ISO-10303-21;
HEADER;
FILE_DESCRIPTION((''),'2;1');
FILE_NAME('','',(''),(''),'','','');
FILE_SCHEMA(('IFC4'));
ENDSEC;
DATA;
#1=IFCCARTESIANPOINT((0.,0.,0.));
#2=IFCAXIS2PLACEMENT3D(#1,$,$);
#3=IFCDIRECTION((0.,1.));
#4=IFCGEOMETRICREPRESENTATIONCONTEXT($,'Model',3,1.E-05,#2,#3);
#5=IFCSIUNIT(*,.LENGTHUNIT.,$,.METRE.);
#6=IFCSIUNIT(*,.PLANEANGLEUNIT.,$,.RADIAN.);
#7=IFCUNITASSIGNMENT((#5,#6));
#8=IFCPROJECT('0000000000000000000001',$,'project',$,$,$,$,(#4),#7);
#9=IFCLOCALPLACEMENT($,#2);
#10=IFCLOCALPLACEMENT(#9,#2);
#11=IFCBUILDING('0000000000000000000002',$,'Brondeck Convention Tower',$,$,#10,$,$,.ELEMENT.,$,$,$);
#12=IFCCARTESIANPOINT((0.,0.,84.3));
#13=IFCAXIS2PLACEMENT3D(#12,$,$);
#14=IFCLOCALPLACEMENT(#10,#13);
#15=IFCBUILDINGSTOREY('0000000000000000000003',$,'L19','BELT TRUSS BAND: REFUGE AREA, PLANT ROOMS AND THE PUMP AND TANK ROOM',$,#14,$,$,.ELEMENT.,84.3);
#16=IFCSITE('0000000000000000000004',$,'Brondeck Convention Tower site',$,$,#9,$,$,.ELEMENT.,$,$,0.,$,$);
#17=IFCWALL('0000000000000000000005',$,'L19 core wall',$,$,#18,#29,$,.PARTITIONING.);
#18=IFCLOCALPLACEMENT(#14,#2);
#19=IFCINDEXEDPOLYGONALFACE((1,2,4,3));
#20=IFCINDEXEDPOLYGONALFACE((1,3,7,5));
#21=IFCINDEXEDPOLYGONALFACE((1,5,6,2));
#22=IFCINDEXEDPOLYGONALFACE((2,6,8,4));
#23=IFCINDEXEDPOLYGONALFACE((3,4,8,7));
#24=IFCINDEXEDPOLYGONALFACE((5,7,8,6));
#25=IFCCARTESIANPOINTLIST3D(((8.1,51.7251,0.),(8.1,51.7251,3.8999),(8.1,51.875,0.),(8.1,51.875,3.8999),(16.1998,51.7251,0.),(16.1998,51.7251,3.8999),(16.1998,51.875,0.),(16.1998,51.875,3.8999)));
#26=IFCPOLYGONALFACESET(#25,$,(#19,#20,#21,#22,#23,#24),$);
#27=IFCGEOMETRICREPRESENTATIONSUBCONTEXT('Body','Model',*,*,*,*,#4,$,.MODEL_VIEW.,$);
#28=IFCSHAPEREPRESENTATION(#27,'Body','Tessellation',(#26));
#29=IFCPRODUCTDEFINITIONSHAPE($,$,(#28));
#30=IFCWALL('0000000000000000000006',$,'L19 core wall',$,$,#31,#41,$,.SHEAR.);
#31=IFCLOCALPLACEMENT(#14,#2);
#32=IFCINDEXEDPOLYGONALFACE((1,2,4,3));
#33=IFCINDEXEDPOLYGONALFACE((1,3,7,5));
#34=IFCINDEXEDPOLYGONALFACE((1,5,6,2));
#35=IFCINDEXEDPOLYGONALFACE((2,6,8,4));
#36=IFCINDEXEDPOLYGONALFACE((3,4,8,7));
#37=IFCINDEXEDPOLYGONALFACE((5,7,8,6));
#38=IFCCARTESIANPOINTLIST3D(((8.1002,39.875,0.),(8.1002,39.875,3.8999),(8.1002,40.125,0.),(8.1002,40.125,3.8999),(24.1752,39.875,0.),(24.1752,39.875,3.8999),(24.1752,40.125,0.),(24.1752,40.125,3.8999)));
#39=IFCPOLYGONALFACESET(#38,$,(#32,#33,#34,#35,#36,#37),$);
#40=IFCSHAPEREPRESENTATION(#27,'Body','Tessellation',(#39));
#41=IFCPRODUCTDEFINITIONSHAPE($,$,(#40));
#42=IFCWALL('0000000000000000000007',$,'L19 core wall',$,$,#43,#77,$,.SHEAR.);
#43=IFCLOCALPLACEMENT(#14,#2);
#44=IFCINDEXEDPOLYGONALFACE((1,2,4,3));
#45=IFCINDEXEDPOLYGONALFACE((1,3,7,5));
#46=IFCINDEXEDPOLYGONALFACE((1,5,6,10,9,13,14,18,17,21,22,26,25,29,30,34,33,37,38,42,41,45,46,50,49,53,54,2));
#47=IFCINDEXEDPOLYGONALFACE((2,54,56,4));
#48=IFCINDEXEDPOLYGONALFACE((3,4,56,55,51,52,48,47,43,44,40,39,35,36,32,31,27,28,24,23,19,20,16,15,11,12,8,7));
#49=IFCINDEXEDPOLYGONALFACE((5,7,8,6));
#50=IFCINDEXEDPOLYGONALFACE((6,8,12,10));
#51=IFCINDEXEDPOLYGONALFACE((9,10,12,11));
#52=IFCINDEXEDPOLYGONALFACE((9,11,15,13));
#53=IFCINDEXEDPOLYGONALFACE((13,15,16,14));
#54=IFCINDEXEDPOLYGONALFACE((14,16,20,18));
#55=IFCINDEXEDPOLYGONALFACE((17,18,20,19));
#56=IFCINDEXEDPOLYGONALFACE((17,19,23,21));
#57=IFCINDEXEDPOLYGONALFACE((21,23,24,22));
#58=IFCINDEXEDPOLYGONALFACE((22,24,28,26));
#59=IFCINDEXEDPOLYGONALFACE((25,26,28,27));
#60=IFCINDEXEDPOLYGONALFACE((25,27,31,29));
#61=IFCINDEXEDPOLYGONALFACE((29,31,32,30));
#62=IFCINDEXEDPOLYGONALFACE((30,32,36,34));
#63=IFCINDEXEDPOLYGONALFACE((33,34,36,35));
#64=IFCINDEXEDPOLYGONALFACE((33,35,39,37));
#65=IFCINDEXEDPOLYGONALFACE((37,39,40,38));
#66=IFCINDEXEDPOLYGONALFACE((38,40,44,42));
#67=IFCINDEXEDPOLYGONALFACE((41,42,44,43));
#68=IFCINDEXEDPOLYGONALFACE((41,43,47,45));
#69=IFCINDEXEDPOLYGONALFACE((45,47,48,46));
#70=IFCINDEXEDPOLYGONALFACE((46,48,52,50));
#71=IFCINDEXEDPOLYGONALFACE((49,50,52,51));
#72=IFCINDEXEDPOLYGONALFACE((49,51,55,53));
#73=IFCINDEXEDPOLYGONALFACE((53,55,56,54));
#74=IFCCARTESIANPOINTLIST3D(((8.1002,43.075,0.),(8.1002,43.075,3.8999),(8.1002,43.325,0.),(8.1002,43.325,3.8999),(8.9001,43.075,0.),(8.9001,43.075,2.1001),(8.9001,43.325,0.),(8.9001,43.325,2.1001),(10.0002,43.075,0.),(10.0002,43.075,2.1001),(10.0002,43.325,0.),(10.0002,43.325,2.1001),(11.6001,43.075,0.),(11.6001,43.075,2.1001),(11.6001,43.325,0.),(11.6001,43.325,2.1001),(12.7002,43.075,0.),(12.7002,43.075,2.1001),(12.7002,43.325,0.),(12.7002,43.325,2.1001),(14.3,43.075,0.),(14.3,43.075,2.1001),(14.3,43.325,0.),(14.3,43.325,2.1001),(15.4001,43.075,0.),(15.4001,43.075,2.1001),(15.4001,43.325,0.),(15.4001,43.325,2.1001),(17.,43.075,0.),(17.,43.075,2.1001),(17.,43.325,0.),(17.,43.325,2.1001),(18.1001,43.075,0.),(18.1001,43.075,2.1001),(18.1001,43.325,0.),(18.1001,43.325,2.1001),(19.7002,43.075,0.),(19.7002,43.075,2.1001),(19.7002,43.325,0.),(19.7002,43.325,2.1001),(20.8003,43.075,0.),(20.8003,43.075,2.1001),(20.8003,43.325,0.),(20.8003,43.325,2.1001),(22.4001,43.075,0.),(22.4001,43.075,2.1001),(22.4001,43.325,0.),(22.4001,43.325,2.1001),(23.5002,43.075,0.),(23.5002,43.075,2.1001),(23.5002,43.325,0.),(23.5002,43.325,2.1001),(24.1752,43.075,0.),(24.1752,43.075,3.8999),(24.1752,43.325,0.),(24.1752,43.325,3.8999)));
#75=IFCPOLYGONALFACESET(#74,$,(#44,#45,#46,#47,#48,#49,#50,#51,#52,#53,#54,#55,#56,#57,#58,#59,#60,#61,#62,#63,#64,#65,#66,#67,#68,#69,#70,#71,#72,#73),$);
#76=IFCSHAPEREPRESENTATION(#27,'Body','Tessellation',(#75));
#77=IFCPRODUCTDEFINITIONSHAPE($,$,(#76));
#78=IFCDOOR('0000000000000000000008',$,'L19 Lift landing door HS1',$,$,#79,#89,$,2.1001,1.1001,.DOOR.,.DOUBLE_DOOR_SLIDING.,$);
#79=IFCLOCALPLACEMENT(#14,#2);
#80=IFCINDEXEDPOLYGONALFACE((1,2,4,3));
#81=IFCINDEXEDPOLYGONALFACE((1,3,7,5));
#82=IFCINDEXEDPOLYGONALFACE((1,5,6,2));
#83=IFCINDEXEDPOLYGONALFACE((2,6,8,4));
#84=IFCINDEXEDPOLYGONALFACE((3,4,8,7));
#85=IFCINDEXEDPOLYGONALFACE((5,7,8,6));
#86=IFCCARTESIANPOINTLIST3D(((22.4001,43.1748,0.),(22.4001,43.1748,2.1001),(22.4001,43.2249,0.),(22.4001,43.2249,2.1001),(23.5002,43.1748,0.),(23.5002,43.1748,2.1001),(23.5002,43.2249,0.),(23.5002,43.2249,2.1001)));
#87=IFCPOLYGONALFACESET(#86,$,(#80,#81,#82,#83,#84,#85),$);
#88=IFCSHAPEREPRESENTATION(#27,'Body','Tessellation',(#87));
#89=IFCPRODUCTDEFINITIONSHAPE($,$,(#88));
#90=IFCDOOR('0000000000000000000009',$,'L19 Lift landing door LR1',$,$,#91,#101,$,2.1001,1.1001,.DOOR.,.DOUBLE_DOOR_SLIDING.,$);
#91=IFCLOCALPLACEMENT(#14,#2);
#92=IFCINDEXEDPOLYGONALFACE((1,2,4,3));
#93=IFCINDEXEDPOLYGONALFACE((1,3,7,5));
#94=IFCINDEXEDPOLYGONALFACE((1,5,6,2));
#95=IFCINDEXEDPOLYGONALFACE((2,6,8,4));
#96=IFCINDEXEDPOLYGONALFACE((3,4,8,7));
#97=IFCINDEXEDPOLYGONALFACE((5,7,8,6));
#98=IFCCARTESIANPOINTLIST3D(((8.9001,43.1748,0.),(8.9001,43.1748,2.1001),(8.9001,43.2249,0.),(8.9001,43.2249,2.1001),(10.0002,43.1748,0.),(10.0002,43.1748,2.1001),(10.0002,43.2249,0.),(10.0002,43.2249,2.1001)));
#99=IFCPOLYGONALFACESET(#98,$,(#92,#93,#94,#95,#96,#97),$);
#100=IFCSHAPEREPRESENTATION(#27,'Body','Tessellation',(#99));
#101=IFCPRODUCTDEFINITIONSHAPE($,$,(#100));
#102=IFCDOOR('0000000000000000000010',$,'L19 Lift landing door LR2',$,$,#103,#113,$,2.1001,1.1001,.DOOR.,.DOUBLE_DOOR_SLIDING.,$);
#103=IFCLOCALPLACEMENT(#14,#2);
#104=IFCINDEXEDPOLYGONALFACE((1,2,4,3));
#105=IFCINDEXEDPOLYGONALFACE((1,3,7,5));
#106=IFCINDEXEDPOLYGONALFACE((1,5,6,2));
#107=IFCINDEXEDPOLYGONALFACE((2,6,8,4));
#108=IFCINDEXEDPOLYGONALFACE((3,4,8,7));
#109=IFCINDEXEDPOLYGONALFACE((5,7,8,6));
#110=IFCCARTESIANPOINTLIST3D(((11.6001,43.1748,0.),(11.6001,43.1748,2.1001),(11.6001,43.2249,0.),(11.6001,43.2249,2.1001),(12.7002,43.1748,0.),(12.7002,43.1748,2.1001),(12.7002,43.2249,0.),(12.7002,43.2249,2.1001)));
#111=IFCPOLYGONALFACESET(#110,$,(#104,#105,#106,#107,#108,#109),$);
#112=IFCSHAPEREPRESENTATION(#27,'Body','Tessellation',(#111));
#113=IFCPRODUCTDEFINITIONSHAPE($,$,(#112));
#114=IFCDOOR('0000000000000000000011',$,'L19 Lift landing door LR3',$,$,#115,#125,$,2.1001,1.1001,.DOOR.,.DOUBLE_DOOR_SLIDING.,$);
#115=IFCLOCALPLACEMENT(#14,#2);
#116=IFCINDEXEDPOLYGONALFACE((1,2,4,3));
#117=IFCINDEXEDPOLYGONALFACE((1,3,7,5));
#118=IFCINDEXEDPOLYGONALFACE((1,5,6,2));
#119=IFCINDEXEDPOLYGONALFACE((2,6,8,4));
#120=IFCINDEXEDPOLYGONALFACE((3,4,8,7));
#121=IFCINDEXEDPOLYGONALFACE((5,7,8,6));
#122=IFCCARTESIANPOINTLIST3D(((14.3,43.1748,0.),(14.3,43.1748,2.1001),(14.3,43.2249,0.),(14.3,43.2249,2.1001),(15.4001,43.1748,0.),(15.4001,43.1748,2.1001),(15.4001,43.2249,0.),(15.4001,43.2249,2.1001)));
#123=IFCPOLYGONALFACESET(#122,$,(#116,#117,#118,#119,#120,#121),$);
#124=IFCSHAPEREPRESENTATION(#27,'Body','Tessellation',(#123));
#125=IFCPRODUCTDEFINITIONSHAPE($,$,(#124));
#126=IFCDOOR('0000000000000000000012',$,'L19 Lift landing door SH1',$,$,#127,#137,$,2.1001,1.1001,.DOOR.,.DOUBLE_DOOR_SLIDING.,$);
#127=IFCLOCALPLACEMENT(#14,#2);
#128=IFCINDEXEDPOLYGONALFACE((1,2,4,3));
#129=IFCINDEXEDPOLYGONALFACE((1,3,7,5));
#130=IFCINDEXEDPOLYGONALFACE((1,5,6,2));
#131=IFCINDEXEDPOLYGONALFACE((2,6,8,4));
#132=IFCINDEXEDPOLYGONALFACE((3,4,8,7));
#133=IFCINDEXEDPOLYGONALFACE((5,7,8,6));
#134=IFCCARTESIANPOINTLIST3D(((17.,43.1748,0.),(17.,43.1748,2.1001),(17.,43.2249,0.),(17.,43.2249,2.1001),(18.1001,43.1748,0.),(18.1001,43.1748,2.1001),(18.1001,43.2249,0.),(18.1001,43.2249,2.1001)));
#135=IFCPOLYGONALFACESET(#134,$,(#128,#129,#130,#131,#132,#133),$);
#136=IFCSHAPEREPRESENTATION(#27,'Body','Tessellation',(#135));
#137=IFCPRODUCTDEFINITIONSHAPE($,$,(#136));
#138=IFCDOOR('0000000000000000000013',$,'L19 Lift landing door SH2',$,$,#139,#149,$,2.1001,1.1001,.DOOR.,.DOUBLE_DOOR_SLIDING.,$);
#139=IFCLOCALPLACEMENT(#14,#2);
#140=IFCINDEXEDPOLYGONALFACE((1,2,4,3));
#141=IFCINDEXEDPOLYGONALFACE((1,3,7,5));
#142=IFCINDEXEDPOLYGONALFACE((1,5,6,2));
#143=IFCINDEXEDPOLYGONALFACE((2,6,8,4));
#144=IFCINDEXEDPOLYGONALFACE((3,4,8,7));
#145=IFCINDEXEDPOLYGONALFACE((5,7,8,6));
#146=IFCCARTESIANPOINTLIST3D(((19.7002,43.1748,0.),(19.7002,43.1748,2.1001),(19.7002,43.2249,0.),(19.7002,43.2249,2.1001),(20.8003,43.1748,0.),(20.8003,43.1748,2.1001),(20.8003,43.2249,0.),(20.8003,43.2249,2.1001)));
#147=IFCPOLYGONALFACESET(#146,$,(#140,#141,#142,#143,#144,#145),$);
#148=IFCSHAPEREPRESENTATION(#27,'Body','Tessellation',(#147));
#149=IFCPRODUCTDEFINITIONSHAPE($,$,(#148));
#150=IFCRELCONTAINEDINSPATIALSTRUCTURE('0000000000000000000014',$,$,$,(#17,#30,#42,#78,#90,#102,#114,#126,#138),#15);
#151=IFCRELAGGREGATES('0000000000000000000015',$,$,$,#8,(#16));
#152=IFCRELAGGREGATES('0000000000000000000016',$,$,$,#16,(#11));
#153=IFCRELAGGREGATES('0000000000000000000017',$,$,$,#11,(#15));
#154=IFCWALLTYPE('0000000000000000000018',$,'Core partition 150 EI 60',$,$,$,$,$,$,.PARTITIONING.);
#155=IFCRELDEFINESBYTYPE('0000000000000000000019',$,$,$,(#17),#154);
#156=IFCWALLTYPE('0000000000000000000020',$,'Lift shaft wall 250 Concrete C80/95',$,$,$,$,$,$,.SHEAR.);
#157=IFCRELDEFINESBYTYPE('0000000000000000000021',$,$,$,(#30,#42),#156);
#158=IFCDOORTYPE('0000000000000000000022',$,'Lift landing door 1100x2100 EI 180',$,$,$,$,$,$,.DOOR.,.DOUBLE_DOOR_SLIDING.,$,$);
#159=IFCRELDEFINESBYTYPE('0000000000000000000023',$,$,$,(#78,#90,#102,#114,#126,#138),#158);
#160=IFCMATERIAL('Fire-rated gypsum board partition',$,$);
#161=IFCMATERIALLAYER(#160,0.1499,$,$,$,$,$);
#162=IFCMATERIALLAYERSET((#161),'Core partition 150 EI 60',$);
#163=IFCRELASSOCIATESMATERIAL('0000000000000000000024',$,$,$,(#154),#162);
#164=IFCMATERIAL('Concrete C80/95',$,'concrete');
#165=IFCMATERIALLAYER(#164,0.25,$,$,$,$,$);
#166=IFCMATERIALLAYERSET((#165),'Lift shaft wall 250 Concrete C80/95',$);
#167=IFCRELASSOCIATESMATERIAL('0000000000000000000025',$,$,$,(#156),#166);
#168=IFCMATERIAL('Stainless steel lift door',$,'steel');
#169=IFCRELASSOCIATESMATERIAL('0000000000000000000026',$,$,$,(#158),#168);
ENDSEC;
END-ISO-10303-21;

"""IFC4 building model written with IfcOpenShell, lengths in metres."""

from ifc_helpers import new_model, si_unit, direction, frame, frame_2d, origin, place, context, subcontext, project, spatial, rectangle, extrude, material, layer, layer_set, type_object, element, fill, save


model = new_model("IFC4")

# Units and contexts
model_context = context("Model", 3, precision=1e-05, world=origin(), true_north=direction((0.0, 1.0)))
body_context = subcontext(model_context, "Body", "Model", "MODEL_VIEW")
ifc_project = project(units=[si_unit("LENGTHUNIT", "METRE"), si_unit("PLANEANGLEUNIT", "RADIAN")], contexts=[model_context])

# Site, building, storey
site_placement = place(None, origin())
site = spatial("IfcSite", under=ifc_project, at=site_placement, Name="Brondeck Convention Tower site", CompositionType="ELEMENT", RefElevation=0.0)
building_placement = place(site_placement, origin())
building = spatial("IfcBuilding", under=site, at=building_placement, Name="Brondeck Convention Tower", CompositionType="ELEMENT")
storey_placement = place(building_placement, frame((0.0, 0.0, 84.3)))
storey = spatial("IfcBuildingStorey", under=building, at=storey_placement, Name="L19", Description="BELT TRUSS BAND: REFUGE AREA, PLANT ROOMS AND THE PUMP AND TANK ROOM", CompositionType="ELEMENT", Elevation=84.3)

# Walls
ifc_material_1 = material(Name="Fire-rated gypsum board partition")
ifc_layer_1 = layer(ifc_material_1, 0.1499)
ifc_layer_set_1 = layer_set([ifc_layer_1], Name="Core partition 150 EI 60")
wall_type_1 = type_object("IfcWallType", Name="Core partition 150 EI 60", PredefinedType="PARTITIONING", material=ifc_layer_set_1)
wall_1_placement = place(storey_placement, frame((8.1001, 51.8, 0.0), z_axis=(0.0, 0.0, 1.0), x_axis=(1.0, 0.0, 0.0)))
element("IfcWall", 1, at=wall_1_placement, inside=storey, type_object=wall_type_1, Name="L19 core wall", PredefinedType="PARTITIONING", context=body_context, shape_type="SweptSolid", body=[
    extrude(rectangle(XDim=8.0999, YDim=0.1499, at=frame_2d((4.0498, 0.0))), origin(), (0.0, 0.0, 1.0), 3.8999),
])
ifc_material_2 = material(Name="Concrete C80/95", Category="concrete")
ifc_layer_2 = layer(ifc_material_2, 0.25)
ifc_layer_set_2 = layer_set([ifc_layer_2], Name="Lift shaft wall 250 Concrete C80/95")
wall_type_2 = type_object("IfcWallType", Name="Lift shaft wall 250 Concrete C80/95", PredefinedType="SHEAR", material=ifc_layer_set_2)
wall_2_placement = place(storey_placement, frame((8.1001, 40.0, 0.0), z_axis=(0.0, 0.0, 1.0), x_axis=(1.0, 0.0, 0.0)))
element("IfcWall", 2, at=wall_2_placement, inside=storey, type_object=wall_type_2, Name="L19 core wall", PredefinedType="SHEAR", context=body_context, shape_type="SweptSolid", body=[
    extrude(rectangle(XDim=16.075, YDim=0.25, at=frame_2d((8.0376, 0.0))), origin(), (0.0, 0.0, 1.0), 3.8999),
])

# Wall, openings, doors
wall_3_placement = place(storey_placement, frame((8.1001, 43.2, 0.0), z_axis=(0.0, 0.0, 1.0), x_axis=(1.0, 0.0, 0.0)))
wall_3 = element("IfcWall", 3, at=wall_3_placement, inside=storey, type_object=wall_type_2, Name="L19 core wall", PredefinedType="SHEAR", context=body_context, shape_type="SweptSolid", body=[
    extrude(rectangle(XDim=16.075, YDim=0.25, at=frame_2d((8.0376, 0.0))), origin(), (0.0, 0.0, 1.0), 3.8999),
])
opening_1_placement = place(wall_3_placement, frame((14.3, 0.0, 0.0)))
opening_1 = element("IfcOpeningElement", 4, at=opening_1_placement, cuts=wall_3, PredefinedType="OPENING", context=body_context, shape_type="SweptSolid", body=[
    extrude(rectangle(XDim=1.1001, YDim=2.1001, at=frame_2d((0.55, 1.05))), frame((0.0, 0.135, 0.0), z_axis=(0.0, -1.0, 0.0), x_axis=(1.0, 0.0, 0.0)), (0.0, 0.0, 1.0), 0.27),
])
opening_2_placement = place(wall_3_placement, frame((0.8, 0.0, 0.0)))
opening_2 = element("IfcOpeningElement", 5, at=opening_2_placement, cuts=wall_3, PredefinedType="OPENING", context=body_context, shape_type="SweptSolid", body=[
    extrude(rectangle(XDim=1.1001, YDim=2.1001, at=frame_2d((0.55, 1.05))), frame((0.0, 0.135, 0.0), z_axis=(0.0, -1.0, 0.0), x_axis=(1.0, 0.0, 0.0)), (0.0, 0.0, 1.0), 0.27),
])
opening_3_placement = place(wall_3_placement, frame((3.5, 0.0, 0.0)))
opening_3 = element("IfcOpeningElement", 6, at=opening_3_placement, cuts=wall_3, PredefinedType="OPENING", context=body_context, shape_type="SweptSolid", body=[
    extrude(rectangle(XDim=1.1001, YDim=2.1001, at=frame_2d((0.55, 1.05))), frame((0.0, 0.135, 0.0), z_axis=(0.0, -1.0, 0.0), x_axis=(1.0, 0.0, 0.0)), (0.0, 0.0, 1.0), 0.27),
])
opening_4_placement = place(wall_3_placement, frame((6.2, 0.0, 0.0)))
opening_4 = element("IfcOpeningElement", 7, at=opening_4_placement, cuts=wall_3, PredefinedType="OPENING", context=body_context, shape_type="SweptSolid", body=[
    extrude(rectangle(XDim=1.1001, YDim=2.1001, at=frame_2d((0.55, 1.05))), frame((0.0, 0.135, 0.0), z_axis=(0.0, -1.0, 0.0), x_axis=(1.0, 0.0, 0.0)), (0.0, 0.0, 1.0), 0.27),
])
opening_5_placement = place(wall_3_placement, frame((8.8999, 0.0, 0.0)))
opening_5 = element("IfcOpeningElement", 8, at=opening_5_placement, cuts=wall_3, PredefinedType="OPENING", context=body_context, shape_type="SweptSolid", body=[
    extrude(rectangle(XDim=1.1001, YDim=2.1001, at=frame_2d((0.55, 1.05))), frame((0.0, 0.135, 0.0), z_axis=(0.0, -1.0, 0.0), x_axis=(1.0, 0.0, 0.0)), (0.0, 0.0, 1.0), 0.27),
])
opening_6_placement = place(wall_3_placement, frame((11.6001, 0.0, 0.0)))
opening_6 = element("IfcOpeningElement", 9, at=opening_6_placement, cuts=wall_3, PredefinedType="OPENING", context=body_context, shape_type="SweptSolid", body=[
    extrude(rectangle(XDim=1.1001, YDim=2.1001, at=frame_2d((0.55, 1.05))), frame((0.0, 0.135, 0.0), z_axis=(0.0, -1.0, 0.0), x_axis=(1.0, 0.0, 0.0)), (0.0, 0.0, 1.0), 0.27),
])
ifc_material_3 = material(Name="Stainless steel lift door", Category="steel")
door_type = type_object("IfcDoorType", Name="Lift landing door 1100x2100 EI 180", OperationType="DOUBLE_DOOR_SLIDING", PredefinedType="DOOR", material=ifc_material_3)
door_1_placement = place(opening_1_placement, origin())
door_1 = element("IfcDoor", 10, at=door_1_placement, inside=storey, type_object=door_type, Name="L19 Lift landing door HS1", OperationType="DOUBLE_DOOR_SLIDING", OverallHeight=2.1001, OverallWidth=1.1001, PredefinedType="DOOR", context=body_context, shape_type="SweptSolid", body=[
    extrude(rectangle(XDim=1.1001, YDim=2.1001, at=frame_2d((0.55, 1.05))), frame((0.0, 0.0249, 0.0), z_axis=(0.0, -1.0, 0.0), x_axis=(1.0, 0.0, 0.0)), (0.0, 0.0, 1.0), 0.05),
])
fill(opening_1, door_1)
door_2_placement = place(opening_2_placement, origin())
door_2 = element("IfcDoor", 11, at=door_2_placement, inside=storey, type_object=door_type, Name="L19 Lift landing door LR1", OperationType="DOUBLE_DOOR_SLIDING", OverallHeight=2.1001, OverallWidth=1.1001, PredefinedType="DOOR", context=body_context, shape_type="SweptSolid", body=[
    extrude(rectangle(XDim=1.1001, YDim=2.1001, at=frame_2d((0.55, 1.05))), frame((0.0, 0.0249, 0.0), z_axis=(0.0, -1.0, 0.0), x_axis=(1.0, 0.0, 0.0)), (0.0, 0.0, 1.0), 0.05),
])
fill(opening_2, door_2)
door_3_placement = place(opening_3_placement, origin())
door_3 = element("IfcDoor", 12, at=door_3_placement, inside=storey, type_object=door_type, Name="L19 Lift landing door LR2", OperationType="DOUBLE_DOOR_SLIDING", OverallHeight=2.1001, OverallWidth=1.1001, PredefinedType="DOOR", context=body_context, shape_type="SweptSolid", body=[
    extrude(rectangle(XDim=1.1001, YDim=2.1001, at=frame_2d((0.55, 1.05))), frame((0.0, 0.0249, 0.0), z_axis=(0.0, -1.0, 0.0), x_axis=(1.0, 0.0, 0.0)), (0.0, 0.0, 1.0), 0.05),
])
fill(opening_3, door_3)
door_4_placement = place(opening_4_placement, origin())
door_4 = element("IfcDoor", 13, at=door_4_placement, inside=storey, type_object=door_type, Name="L19 Lift landing door LR3", OperationType="DOUBLE_DOOR_SLIDING", OverallHeight=2.1001, OverallWidth=1.1001, PredefinedType="DOOR", context=body_context, shape_type="SweptSolid", body=[
    extrude(rectangle(XDim=1.1001, YDim=2.1001, at=frame_2d((0.55, 1.05))), frame((0.0, 0.0249, 0.0), z_axis=(0.0, -1.0, 0.0), x_axis=(1.0, 0.0, 0.0)), (0.0, 0.0, 1.0), 0.05),
])
fill(opening_4, door_4)
door_5_placement = place(opening_5_placement, origin())
door_5 = element("IfcDoor", 14, at=door_5_placement, inside=storey, type_object=door_type, Name="L19 Lift landing door SH1", OperationType="DOUBLE_DOOR_SLIDING", OverallHeight=2.1001, OverallWidth=1.1001, PredefinedType="DOOR", context=body_context, shape_type="SweptSolid", body=[
    extrude(rectangle(XDim=1.1001, YDim=2.1001, at=frame_2d((0.55, 1.05))), frame((0.0, 0.0249, 0.0), z_axis=(0.0, -1.0, 0.0), x_axis=(1.0, 0.0, 0.0)), (0.0, 0.0, 1.0), 0.05),
])
fill(opening_5, door_5)
door_6_placement = place(opening_6_placement, origin())
door_6 = element("IfcDoor", 15, at=door_6_placement, inside=storey, type_object=door_type, Name="L19 Lift landing door SH2", OperationType="DOUBLE_DOOR_SLIDING", OverallHeight=2.1001, OverallWidth=1.1001, PredefinedType="DOOR", context=body_context, shape_type="SweptSolid", body=[
    extrude(rectangle(XDim=1.1001, YDim=2.1001, at=frame_2d((0.55, 1.05))), frame((0.0, 0.0249, 0.0), z_axis=(0.0, -1.0, 0.0), x_axis=(1.0, 0.0, 0.0)), (0.0, 0.0, 1.0), 0.05),
])
fill(opening_6, door_6)

save(model, "model.ifc")
